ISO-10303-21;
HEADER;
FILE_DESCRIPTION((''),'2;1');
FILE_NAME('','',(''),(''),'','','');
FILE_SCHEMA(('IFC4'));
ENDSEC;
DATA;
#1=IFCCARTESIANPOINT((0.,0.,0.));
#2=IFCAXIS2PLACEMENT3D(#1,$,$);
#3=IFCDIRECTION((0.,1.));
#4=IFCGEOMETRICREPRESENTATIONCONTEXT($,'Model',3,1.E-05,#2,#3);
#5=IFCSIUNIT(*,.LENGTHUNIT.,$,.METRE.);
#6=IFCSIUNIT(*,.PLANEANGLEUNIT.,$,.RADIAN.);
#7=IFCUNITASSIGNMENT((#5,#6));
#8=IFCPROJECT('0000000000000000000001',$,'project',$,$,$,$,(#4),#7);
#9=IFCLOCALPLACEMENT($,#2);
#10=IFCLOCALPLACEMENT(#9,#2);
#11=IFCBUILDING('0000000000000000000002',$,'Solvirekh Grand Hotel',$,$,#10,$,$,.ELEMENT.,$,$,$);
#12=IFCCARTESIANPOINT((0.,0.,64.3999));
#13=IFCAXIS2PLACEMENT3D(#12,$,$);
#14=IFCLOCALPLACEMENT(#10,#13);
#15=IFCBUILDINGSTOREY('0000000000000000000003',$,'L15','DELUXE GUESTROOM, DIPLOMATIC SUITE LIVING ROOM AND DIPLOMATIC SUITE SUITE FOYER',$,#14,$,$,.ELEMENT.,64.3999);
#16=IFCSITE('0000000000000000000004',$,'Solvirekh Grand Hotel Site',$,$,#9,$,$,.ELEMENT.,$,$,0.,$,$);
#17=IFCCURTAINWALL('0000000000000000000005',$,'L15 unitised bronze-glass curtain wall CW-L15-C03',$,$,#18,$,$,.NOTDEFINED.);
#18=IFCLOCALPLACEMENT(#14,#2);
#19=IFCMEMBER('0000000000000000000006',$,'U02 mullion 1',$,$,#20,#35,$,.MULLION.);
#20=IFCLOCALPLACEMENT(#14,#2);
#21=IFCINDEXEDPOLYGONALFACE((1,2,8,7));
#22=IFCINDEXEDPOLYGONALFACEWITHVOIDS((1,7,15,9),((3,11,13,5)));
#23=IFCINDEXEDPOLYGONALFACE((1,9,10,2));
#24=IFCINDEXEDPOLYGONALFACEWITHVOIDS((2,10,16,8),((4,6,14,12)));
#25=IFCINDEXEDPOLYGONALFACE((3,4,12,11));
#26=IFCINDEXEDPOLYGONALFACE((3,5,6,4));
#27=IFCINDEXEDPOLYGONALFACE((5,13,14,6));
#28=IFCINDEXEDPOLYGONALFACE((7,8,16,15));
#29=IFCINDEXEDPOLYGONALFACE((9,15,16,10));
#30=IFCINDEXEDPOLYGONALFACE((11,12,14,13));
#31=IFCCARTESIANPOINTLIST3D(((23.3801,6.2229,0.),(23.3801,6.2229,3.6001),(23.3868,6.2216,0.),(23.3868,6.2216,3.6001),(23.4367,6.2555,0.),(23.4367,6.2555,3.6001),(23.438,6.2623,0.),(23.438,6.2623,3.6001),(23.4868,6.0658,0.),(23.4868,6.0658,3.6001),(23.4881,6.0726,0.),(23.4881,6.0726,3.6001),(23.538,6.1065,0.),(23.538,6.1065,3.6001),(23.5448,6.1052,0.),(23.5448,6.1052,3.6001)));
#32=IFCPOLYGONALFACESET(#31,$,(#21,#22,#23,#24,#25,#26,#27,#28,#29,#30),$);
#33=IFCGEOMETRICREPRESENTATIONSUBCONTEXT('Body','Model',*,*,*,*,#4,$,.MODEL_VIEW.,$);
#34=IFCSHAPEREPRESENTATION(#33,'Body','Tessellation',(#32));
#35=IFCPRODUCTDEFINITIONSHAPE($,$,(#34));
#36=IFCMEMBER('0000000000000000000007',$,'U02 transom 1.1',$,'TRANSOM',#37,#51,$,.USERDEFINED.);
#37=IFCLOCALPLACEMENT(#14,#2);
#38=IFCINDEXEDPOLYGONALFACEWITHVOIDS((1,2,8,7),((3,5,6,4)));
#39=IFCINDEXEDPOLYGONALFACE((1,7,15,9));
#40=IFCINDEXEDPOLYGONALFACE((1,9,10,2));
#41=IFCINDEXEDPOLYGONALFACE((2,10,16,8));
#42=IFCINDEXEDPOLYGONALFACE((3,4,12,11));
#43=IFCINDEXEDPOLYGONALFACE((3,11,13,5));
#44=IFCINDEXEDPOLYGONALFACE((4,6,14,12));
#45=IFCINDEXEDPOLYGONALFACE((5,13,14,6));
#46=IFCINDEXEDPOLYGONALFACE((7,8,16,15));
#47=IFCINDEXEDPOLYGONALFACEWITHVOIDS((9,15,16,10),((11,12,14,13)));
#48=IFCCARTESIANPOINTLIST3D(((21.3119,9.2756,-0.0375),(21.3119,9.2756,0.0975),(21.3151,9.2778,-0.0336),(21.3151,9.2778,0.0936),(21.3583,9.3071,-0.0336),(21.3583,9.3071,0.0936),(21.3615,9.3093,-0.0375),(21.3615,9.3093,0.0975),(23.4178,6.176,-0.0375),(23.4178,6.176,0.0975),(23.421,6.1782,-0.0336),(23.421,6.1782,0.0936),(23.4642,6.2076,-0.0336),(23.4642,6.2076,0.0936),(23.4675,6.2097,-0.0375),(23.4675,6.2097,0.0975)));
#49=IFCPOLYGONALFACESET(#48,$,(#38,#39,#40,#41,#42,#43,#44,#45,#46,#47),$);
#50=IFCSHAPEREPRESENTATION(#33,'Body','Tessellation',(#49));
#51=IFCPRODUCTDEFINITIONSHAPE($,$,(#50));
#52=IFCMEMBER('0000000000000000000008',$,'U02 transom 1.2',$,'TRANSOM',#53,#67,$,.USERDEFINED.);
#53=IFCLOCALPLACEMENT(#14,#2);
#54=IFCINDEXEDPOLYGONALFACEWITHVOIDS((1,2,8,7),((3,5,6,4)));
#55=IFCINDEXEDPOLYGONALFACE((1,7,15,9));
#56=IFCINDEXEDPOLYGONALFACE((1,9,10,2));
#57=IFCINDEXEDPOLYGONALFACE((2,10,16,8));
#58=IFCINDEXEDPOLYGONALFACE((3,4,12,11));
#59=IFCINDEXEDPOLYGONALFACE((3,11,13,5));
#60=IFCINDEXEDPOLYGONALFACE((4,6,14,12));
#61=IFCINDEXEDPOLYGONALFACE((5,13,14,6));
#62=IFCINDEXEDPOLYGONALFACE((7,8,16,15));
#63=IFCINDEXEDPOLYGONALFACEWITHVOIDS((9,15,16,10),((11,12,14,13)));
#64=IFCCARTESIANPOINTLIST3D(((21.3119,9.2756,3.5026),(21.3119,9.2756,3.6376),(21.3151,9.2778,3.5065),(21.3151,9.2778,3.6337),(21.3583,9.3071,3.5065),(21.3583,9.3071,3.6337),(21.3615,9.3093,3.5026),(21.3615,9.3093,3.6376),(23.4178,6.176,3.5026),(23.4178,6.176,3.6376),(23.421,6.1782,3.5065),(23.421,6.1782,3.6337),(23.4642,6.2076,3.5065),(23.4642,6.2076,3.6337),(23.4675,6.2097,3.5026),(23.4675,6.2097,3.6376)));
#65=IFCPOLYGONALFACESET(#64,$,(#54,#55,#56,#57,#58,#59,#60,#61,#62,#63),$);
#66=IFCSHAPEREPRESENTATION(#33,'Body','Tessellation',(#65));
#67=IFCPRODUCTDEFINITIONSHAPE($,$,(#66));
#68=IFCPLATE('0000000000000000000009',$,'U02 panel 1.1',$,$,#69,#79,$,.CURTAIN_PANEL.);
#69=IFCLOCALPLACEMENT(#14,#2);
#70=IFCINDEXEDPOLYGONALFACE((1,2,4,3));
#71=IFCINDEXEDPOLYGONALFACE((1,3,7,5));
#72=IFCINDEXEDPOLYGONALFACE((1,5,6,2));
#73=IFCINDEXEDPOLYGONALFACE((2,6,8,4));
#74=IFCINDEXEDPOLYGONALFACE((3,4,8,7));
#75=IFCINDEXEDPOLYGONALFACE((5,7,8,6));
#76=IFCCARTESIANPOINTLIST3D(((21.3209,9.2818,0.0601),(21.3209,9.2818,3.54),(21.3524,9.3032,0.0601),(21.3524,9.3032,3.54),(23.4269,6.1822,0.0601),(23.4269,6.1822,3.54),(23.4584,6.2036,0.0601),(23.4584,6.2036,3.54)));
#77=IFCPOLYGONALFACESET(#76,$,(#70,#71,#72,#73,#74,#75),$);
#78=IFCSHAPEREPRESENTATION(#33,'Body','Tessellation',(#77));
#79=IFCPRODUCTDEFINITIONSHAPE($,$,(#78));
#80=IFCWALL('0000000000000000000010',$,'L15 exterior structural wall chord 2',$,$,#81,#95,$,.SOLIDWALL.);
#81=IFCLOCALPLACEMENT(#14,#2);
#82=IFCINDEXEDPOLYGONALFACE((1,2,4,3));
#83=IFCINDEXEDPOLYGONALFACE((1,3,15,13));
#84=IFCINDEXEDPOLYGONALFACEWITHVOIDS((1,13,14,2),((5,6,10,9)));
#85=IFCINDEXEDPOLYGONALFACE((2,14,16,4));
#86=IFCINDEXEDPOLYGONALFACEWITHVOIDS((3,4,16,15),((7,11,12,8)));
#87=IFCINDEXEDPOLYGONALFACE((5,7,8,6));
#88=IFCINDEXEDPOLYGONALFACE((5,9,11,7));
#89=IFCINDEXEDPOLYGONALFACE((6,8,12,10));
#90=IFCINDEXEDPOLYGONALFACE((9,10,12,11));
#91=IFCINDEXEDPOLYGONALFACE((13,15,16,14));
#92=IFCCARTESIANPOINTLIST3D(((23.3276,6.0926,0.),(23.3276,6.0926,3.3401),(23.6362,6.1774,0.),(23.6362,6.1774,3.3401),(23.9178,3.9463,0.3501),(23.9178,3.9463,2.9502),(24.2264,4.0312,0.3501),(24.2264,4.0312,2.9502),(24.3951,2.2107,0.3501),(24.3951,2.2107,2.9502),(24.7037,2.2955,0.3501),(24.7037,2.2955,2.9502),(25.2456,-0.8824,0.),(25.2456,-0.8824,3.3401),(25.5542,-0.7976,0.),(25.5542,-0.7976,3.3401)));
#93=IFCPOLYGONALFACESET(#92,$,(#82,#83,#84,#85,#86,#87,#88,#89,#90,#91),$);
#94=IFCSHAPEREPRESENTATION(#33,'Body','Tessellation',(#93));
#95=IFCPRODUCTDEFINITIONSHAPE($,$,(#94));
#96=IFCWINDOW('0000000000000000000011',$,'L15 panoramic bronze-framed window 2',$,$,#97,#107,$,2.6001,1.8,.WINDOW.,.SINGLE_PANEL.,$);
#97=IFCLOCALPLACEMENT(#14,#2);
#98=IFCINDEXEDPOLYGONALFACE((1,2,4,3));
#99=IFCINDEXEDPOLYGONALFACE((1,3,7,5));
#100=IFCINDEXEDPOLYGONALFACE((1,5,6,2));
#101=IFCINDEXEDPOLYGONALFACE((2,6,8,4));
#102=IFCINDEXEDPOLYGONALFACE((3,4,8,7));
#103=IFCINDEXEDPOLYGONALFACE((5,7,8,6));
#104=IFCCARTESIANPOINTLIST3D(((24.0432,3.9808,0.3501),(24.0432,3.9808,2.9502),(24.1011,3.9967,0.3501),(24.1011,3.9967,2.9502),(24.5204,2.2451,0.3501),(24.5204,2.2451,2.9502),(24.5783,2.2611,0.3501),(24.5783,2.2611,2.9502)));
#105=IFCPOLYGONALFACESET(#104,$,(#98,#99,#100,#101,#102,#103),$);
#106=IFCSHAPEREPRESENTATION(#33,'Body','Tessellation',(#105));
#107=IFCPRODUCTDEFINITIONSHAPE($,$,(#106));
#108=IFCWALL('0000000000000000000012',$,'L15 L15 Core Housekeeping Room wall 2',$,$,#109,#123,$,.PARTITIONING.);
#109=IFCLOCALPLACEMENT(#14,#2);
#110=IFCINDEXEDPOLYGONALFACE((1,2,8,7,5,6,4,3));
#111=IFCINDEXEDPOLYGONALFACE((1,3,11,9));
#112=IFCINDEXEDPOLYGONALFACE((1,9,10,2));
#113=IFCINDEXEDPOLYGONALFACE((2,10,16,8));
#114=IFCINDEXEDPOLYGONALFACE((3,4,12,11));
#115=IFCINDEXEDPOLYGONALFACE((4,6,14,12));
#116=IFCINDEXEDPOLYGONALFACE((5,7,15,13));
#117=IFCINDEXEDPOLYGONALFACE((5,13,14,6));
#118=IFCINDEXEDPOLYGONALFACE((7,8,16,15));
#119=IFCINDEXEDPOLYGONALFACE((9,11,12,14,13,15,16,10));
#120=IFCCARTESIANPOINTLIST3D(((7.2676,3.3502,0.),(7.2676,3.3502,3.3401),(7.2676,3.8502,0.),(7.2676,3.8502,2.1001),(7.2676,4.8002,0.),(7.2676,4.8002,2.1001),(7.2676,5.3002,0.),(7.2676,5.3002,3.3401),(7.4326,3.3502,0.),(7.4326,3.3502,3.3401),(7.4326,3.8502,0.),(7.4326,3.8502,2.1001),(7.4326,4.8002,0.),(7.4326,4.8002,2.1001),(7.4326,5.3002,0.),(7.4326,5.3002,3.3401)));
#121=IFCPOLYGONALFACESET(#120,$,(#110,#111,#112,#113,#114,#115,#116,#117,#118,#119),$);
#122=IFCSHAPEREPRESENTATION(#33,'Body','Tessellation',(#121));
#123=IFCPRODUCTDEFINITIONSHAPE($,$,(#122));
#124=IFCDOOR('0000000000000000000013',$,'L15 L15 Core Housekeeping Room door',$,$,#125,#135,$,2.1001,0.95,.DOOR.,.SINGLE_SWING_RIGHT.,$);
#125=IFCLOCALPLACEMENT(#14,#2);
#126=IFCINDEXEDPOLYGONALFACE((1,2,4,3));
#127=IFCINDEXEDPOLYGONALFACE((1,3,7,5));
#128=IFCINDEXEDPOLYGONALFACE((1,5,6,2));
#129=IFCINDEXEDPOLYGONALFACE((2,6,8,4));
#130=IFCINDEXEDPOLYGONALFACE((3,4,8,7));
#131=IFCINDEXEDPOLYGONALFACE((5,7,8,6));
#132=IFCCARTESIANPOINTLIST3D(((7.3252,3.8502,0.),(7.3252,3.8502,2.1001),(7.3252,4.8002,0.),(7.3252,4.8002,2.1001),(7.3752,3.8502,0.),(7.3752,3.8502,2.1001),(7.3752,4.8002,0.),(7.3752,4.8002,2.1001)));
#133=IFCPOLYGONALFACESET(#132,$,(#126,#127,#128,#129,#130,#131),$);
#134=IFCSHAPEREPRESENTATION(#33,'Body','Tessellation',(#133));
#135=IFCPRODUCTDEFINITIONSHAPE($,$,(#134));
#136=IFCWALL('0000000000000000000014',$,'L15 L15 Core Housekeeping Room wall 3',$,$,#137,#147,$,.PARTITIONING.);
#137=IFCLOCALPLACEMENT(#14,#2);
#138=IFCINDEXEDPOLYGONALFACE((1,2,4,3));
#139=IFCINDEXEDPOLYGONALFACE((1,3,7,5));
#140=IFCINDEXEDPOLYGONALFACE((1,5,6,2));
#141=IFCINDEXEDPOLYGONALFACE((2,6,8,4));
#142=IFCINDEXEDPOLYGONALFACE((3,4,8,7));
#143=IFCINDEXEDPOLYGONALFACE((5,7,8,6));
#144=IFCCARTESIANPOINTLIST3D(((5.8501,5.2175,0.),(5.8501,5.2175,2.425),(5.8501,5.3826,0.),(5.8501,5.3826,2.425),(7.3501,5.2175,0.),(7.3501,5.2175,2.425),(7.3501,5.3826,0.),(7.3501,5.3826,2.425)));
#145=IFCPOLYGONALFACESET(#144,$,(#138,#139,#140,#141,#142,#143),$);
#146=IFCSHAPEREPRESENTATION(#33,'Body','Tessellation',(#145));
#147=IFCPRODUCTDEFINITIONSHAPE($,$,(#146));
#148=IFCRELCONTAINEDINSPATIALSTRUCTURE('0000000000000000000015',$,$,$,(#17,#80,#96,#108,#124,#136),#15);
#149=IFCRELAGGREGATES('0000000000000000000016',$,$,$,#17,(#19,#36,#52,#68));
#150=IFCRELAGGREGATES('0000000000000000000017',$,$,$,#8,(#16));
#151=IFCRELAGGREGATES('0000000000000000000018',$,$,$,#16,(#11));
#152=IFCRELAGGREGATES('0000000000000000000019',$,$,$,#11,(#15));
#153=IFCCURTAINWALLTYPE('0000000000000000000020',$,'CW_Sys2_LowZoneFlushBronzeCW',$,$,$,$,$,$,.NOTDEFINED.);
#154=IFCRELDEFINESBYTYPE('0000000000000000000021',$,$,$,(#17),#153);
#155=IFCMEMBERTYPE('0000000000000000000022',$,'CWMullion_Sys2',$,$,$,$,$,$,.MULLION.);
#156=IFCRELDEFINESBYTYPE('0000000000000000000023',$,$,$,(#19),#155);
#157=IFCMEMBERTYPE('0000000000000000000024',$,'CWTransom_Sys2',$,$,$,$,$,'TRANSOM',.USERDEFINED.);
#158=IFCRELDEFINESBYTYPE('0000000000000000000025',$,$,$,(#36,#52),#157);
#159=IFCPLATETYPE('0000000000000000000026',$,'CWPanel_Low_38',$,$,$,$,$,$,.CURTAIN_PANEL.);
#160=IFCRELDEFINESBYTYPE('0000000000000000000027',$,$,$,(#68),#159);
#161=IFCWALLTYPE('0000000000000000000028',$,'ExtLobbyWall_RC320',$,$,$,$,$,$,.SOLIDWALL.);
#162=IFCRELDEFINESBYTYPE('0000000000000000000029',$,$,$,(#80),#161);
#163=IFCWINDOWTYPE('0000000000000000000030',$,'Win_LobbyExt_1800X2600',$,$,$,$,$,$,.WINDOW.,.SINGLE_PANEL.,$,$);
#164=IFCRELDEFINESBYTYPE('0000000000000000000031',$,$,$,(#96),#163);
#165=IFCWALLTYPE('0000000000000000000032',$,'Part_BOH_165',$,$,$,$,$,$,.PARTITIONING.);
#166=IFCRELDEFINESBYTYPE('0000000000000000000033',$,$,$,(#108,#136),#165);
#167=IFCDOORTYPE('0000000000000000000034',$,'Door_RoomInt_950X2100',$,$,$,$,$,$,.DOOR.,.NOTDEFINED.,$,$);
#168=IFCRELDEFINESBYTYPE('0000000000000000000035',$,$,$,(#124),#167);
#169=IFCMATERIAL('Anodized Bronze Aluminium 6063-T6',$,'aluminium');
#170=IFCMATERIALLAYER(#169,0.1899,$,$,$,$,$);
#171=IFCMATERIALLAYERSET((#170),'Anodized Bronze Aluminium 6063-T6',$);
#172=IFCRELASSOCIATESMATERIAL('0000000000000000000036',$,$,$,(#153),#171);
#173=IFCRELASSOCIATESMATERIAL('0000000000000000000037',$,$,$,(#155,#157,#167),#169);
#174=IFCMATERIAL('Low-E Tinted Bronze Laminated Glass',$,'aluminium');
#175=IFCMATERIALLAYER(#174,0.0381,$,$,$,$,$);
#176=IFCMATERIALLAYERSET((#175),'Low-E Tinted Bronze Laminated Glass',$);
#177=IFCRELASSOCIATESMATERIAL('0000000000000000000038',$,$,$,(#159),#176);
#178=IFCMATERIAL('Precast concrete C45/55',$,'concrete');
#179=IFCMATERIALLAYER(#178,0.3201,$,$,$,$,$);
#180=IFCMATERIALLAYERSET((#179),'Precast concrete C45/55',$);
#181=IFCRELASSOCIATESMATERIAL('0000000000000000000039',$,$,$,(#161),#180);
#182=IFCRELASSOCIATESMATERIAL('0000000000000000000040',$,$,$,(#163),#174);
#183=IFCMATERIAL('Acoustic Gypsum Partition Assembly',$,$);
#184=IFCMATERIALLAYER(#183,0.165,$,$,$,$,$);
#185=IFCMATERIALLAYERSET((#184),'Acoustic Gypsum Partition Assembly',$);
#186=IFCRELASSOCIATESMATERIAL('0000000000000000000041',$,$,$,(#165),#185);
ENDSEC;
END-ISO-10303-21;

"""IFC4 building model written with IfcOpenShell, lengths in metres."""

from ifc_helpers import new_model, si_unit, direction, frame, frame_2d, origin, origin_2d, place, context, subcontext, project, spatial, rectangle, hollow_rectangle, extrude, source, transform, mapped, material, layer, layer_set, material_profile, profile_set, type_object, element, fill, aggregate, save


model = new_model("IFC4")

# Units and contexts
model_context = context("Model", 3, precision=1e-05, world=origin(), true_north=direction((0.0, 1.0)))
body_context = subcontext(model_context, "Body", "Model", "MODEL_VIEW")
ifc_project = project(units=[si_unit("LENGTHUNIT", "METRE"), si_unit("PLANEANGLEUNIT", "RADIAN")], contexts=[model_context])

# Site, building, storey
site_placement = place(None, origin())
site = spatial("IfcSite", under=ifc_project, at=site_placement, Name="Solvirekh Grand Hotel Site", CompositionType="ELEMENT", RefElevation=0.0)
building_placement = place(site_placement, origin())
building = spatial("IfcBuilding", under=site, at=building_placement, Name="Solvirekh Grand Hotel", CompositionType="ELEMENT")
storey_placement = place(building_placement, frame((0.0, 0.0, 64.3999)))
storey = spatial("IfcBuildingStorey", under=building, at=storey_placement, Name="L15", Description="DELUXE GUESTROOM, DIPLOMATIC SUITE LIVING ROOM AND DIPLOMATIC SUITE SUITE FOYER", CompositionType="ELEMENT", Elevation=64.3999)

# Curtain wall, members, plate
ifc_material_1 = material(Name="Anodized Bronze Aluminium 6063-T6", Category="aluminium")
ifc_layer_1 = layer(ifc_material_1, 0.1899)
ifc_layer_set_1 = layer_set([ifc_layer_1], Name="Anodized Bronze Aluminium 6063-T6")
curtain_wall_type = type_object("IfcCurtainWallType", Name="CW_Sys2_LowZoneFlushBronzeCW", PredefinedType="NOTDEFINED", material=ifc_layer_set_1)
curtain_wall_placement = place(storey_placement, origin())
curtain_wall = element("IfcCurtainWall", 1, at=curtain_wall_placement, inside=storey, type_object=curtain_wall_type, Name="L15 unitised bronze-glass curtain wall CW-L15-C03", PredefinedType="NOTDEFINED")
ifc_material_profile_1 = material_profile(ifc_material_1, hollow_rectangle(XDim=0.0701, YDim=0.1899, WallThickness=0.0049, at=origin_2d()), Name="ALU RHS 190X70X5")
ifc_profile_set_1 = profile_set([ifc_material_profile_1], Name="Anodized Bronze Aluminium 6063-T6")
member_type_1 = type_object("IfcMemberType", Name="CWMullion_Sys2", PredefinedType="MULLION", material=ifc_profile_set_1)
shared_shape_1 = source(origin(), body_context, "Body", "SweptSolid", [
    extrude(hollow_rectangle(XDim=0.0701, YDim=0.1899, WallThickness=0.0049, at=origin_2d()), origin(), (0.0, 0.0, 1.0), 3.6001),
])
member_1_placement = place(storey_placement, frame((23.4624, 6.1641, 0.0), z_axis=(0.0, 0.0, 1.0), x_axis=(-0.827146, -0.561987, 0.0)))
member_1 = element("IfcMember", 2, at=member_1_placement, type_object=member_type_1, Name="U02 mullion 1", PredefinedType="MULLION", context=body_context, shape_type="MappedRepresentation", body=[
    mapped(shared_shape_1, transform((0.0, 0.0, 0.0), x_axis=(1.0, 0.0, 0.0), y_axis=(0.0, 1.0, 0.0), z_axis=(0.0, 0.0, 1.0), scale=1.0)),
])
ifc_material_profile_2 = material_profile(ifc_material_1, hollow_rectangle(XDim=0.0601, YDim=0.135, WallThickness=0.0039, at=origin_2d()), Name="ALU RHS 135X60X4")
ifc_profile_set_2 = profile_set([ifc_material_profile_2], Name="Anodized Bronze Aluminium 6063-T6")
member_type_2 = type_object("IfcMemberType", Name="CWTransom_Sys2", ElementType="TRANSOM", PredefinedType="USERDEFINED", material=ifc_profile_set_2)
shared_shape_2 = source(origin(), body_context, "Body", "SweptSolid", [
    extrude(hollow_rectangle(XDim=0.0601, YDim=0.135, WallThickness=0.0039, at=origin_2d()), origin(), (0.0, 0.0, 1.0), 3.7473),
])
member_2_placement = place(storey_placement, frame((23.4426, 6.1929, 0.03), z_axis=(-0.561986, 0.827147, 0.0), x_axis=(-0.827147, -0.561986, 0.0)))
member_2 = element("IfcMember", 3, at=member_2_placement, type_object=member_type_2, Name="U02 transom 1.1", ObjectType="TRANSOM", PredefinedType="USERDEFINED", context=body_context, shape_type="MappedRepresentation", body=[
    mapped(shared_shape_2, transform((0.0, 0.0, 0.0), x_axis=(1.0, 0.0, 0.0), y_axis=(0.0, 1.0, 0.0), z_axis=(0.0, 0.0, 1.0), scale=1.0)),
])
member_3_placement = place(storey_placement, frame((23.4426, 6.1929, 3.5701), z_axis=(-0.561986, 0.827147, 0.0), x_axis=(-0.827147, -0.561986, 0.0)))
member_3 = element("IfcMember", 4, at=member_3_placement, type_object=member_type_2, Name="U02 transom 1.2", ObjectType="TRANSOM", PredefinedType="USERDEFINED", context=body_context, shape_type="MappedRepresentation", body=[
    mapped(shared_shape_2, transform((0.0, 0.0, 0.0), x_axis=(1.0, 0.0, 0.0), y_axis=(0.0, 1.0, 0.0), z_axis=(0.0, 0.0, 1.0), scale=1.0)),
])
ifc_material_2 = material(Name="Low-E Tinted Bronze Laminated Glass", Category="aluminium")
ifc_layer_2 = layer(ifc_material_2, 0.0381)
ifc_layer_set_2 = layer_set([ifc_layer_2], Name="Low-E Tinted Bronze Laminated Glass")
plate_type = type_object("IfcPlateType", Name="CWPanel_Low_38", PredefinedType="CURTAIN_PANEL", material=ifc_layer_set_2)
shared_shape_3 = source(origin(), body_context, "Body", "SweptSolid", [
    extrude(rectangle(XDim=3.7473, YDim=0.0381, at=origin_2d()), origin(), (0.0, 0.0, 1.0), 3.48),
])
plate_placement = place(storey_placement, frame((22.3896, 7.7427, 0.0601), z_axis=(0.0, 0.0, 1.0), x_axis=(-0.561987, 0.827146, 0.0)))
plate = element("IfcPlate", 5, at=plate_placement, type_object=plate_type, Name="U02 panel 1.1", PredefinedType="CURTAIN_PANEL", context=body_context, shape_type="MappedRepresentation", body=[
    mapped(shared_shape_3, transform((0.0, 0.0, 0.0), x_axis=(1.0, 0.0, 0.0), y_axis=(0.0, 1.0, 0.0), z_axis=(0.0, 0.0, 1.0), scale=1.0)),
])
aggregate(curtain_wall, [member_1, member_2, member_3, plate])

# Wall, opening, window
ifc_material_3 = material(Name="Precast concrete C45/55", Category="concrete")
ifc_layer_3 = layer(ifc_material_3, 0.3201)
ifc_layer_set_3 = layer_set([ifc_layer_3], Name="Precast concrete C45/55")
wall_type_1 = type_object("IfcWallType", Name="ExtLobbyWall_RC320", PredefinedType="SOLIDWALL", material=ifc_layer_set_3)
wall_1_placement = place(storey_placement, frame((23.4819, 6.135, 0.0), z_axis=(0.0, 0.0, 1.0), x_axis=(0.265133, -0.964212, 0.0)))
wall_1 = element("IfcWall", 6, at=wall_1_placement, inside=storey, type_object=wall_type_1, Name="L15 exterior structural wall chord 2", PredefinedType="SOLIDWALL", context=body_context, shape_type="SweptSolid", body=[
    extrude(rectangle(XDim=7.2339, YDim=0.3201, at=frame_2d((3.6169, 0.0))), origin(), (0.0, 0.0, 1.0), 3.3401),
])
opening_1_placement = place(wall_1_placement, frame((2.2261, 0.0, 0.3501)))
opening_1 = element("IfcOpeningElement", 7, at=opening_1_placement, cuts=wall_1, PredefinedType="OPENING", context=body_context, shape_type="SweptSolid", body=[
    extrude(rectangle(XDim=1.8, YDim=2.6001, at=frame_2d((0.8999, 1.3))), frame((0.0, 0.1699, 0.0), z_axis=(0.0, -1.0, 0.0), x_axis=(1.0, 0.0, 0.0)), (0.0, 0.0, 1.0), 0.3401),
])
window_type = type_object("IfcWindowType", Name="Win_LobbyExt_1800X2600", PartitioningType="SINGLE_PANEL", PredefinedType="WINDOW", material=ifc_material_2)
window_placement = place(opening_1_placement, origin())
window = element("IfcWindow", 8, at=window_placement, inside=storey, type_object=window_type, Name="L15 panoramic bronze-framed window 2", OverallHeight=2.6001, OverallWidth=1.8, PartitioningType="SINGLE_PANEL", PredefinedType="WINDOW", context=body_context, shape_type="SweptSolid", body=[
    extrude(rectangle(XDim=1.8, YDim=2.6001, at=frame_2d((0.8999, 1.3))), frame((0.0, 0.03, 0.0), z_axis=(0.0, -1.0, 0.0), x_axis=(1.0, 0.0, 0.0)), (0.0, 0.0, 1.0), 0.0601),
])
fill(opening_1, window)

# Wall, opening, door
ifc_material_4 = material(Name="Acoustic Gypsum Partition Assembly")
ifc_layer_4 = layer(ifc_material_4, 0.165)
ifc_layer_set_4 = layer_set([ifc_layer_4], Name="Acoustic Gypsum Partition Assembly")
wall_type_2 = type_object("IfcWallType", Name="Part_BOH_165", PredefinedType="PARTITIONING", material=ifc_layer_set_4)
wall_2_placement = place(storey_placement, frame((7.3501, 3.3501, 0.0), z_axis=(0.0, 0.0, 1.0), x_axis=(0.0, 1.0, 0.0)))
wall_2 = element("IfcWall", 9, at=wall_2_placement, inside=storey, type_object=wall_type_2, Name="L15 L15 Core Housekeeping Room wall 2", PredefinedType="PARTITIONING", context=body_context, shape_type="SweptSolid", body=[
    extrude(rectangle(XDim=1.95, YDim=0.165, at=frame_2d((0.9751, 0.0))), origin(), (0.0, 0.0, 1.0), 3.3401),
])
opening_2_placement = place(wall_2_placement, frame((0.5, 0.0, 0.0)))
opening_2 = element("IfcOpeningElement", 10, at=opening_2_placement, cuts=wall_2, PredefinedType="OPENING", context=body_context, shape_type="SweptSolid", body=[
    extrude(rectangle(XDim=0.95, YDim=2.1001, at=frame_2d((0.4751, 1.05))), frame((0.0, 0.0925, 0.0), z_axis=(0.0, -1.0, 0.0), x_axis=(1.0, 0.0, 0.0)), (0.0, 0.0, 1.0), 0.1851),
])
door_type_1 = type_object("IfcDoorType", Name="Door_RoomInt_950X2100", OperationType="NOTDEFINED", PredefinedType="DOOR", material=ifc_material_1)
door_1_placement = place(opening_2_placement, origin())
door_1 = element("IfcDoor", 11, at=door_1_placement, inside=storey, type_object=door_type_1, Name="L15 L15 Core Housekeeping Room door", OperationType="SINGLE_SWING_RIGHT", OverallHeight=2.1001, OverallWidth=0.95, PredefinedType="DOOR", context=body_context, shape_type="SweptSolid", body=[
    extrude(rectangle(XDim=0.95, YDim=2.1001, at=frame_2d((0.4751, 1.05))), frame((0.0, 0.0249, 0.0), z_axis=(0.0, -1.0, 0.0), x_axis=(1.0, 0.0, 0.0)), (0.0, 0.0, 1.0), 0.05),
])
fill(opening_2, door_1)

# Wall
wall_3_placement = place(storey_placement, frame((7.3501, 5.3, 0.0), z_axis=(0.0, 0.0, 1.0), x_axis=(-1.0, 0.0, 0.0)))
element("IfcWall", 12, at=wall_3_placement, inside=storey, type_object=wall_type_2, Name="L15 L15 Core Housekeeping Room wall 3", PredefinedType="PARTITIONING", context=body_context, shape_type="SweptSolid", body=[
    extrude(rectangle(XDim=1.5, YDim=0.165, at=frame_2d((0.75, 0.0))), origin(), (0.0, 0.0, 1.0), 2.425),
])

save(model, "model.ifc")
